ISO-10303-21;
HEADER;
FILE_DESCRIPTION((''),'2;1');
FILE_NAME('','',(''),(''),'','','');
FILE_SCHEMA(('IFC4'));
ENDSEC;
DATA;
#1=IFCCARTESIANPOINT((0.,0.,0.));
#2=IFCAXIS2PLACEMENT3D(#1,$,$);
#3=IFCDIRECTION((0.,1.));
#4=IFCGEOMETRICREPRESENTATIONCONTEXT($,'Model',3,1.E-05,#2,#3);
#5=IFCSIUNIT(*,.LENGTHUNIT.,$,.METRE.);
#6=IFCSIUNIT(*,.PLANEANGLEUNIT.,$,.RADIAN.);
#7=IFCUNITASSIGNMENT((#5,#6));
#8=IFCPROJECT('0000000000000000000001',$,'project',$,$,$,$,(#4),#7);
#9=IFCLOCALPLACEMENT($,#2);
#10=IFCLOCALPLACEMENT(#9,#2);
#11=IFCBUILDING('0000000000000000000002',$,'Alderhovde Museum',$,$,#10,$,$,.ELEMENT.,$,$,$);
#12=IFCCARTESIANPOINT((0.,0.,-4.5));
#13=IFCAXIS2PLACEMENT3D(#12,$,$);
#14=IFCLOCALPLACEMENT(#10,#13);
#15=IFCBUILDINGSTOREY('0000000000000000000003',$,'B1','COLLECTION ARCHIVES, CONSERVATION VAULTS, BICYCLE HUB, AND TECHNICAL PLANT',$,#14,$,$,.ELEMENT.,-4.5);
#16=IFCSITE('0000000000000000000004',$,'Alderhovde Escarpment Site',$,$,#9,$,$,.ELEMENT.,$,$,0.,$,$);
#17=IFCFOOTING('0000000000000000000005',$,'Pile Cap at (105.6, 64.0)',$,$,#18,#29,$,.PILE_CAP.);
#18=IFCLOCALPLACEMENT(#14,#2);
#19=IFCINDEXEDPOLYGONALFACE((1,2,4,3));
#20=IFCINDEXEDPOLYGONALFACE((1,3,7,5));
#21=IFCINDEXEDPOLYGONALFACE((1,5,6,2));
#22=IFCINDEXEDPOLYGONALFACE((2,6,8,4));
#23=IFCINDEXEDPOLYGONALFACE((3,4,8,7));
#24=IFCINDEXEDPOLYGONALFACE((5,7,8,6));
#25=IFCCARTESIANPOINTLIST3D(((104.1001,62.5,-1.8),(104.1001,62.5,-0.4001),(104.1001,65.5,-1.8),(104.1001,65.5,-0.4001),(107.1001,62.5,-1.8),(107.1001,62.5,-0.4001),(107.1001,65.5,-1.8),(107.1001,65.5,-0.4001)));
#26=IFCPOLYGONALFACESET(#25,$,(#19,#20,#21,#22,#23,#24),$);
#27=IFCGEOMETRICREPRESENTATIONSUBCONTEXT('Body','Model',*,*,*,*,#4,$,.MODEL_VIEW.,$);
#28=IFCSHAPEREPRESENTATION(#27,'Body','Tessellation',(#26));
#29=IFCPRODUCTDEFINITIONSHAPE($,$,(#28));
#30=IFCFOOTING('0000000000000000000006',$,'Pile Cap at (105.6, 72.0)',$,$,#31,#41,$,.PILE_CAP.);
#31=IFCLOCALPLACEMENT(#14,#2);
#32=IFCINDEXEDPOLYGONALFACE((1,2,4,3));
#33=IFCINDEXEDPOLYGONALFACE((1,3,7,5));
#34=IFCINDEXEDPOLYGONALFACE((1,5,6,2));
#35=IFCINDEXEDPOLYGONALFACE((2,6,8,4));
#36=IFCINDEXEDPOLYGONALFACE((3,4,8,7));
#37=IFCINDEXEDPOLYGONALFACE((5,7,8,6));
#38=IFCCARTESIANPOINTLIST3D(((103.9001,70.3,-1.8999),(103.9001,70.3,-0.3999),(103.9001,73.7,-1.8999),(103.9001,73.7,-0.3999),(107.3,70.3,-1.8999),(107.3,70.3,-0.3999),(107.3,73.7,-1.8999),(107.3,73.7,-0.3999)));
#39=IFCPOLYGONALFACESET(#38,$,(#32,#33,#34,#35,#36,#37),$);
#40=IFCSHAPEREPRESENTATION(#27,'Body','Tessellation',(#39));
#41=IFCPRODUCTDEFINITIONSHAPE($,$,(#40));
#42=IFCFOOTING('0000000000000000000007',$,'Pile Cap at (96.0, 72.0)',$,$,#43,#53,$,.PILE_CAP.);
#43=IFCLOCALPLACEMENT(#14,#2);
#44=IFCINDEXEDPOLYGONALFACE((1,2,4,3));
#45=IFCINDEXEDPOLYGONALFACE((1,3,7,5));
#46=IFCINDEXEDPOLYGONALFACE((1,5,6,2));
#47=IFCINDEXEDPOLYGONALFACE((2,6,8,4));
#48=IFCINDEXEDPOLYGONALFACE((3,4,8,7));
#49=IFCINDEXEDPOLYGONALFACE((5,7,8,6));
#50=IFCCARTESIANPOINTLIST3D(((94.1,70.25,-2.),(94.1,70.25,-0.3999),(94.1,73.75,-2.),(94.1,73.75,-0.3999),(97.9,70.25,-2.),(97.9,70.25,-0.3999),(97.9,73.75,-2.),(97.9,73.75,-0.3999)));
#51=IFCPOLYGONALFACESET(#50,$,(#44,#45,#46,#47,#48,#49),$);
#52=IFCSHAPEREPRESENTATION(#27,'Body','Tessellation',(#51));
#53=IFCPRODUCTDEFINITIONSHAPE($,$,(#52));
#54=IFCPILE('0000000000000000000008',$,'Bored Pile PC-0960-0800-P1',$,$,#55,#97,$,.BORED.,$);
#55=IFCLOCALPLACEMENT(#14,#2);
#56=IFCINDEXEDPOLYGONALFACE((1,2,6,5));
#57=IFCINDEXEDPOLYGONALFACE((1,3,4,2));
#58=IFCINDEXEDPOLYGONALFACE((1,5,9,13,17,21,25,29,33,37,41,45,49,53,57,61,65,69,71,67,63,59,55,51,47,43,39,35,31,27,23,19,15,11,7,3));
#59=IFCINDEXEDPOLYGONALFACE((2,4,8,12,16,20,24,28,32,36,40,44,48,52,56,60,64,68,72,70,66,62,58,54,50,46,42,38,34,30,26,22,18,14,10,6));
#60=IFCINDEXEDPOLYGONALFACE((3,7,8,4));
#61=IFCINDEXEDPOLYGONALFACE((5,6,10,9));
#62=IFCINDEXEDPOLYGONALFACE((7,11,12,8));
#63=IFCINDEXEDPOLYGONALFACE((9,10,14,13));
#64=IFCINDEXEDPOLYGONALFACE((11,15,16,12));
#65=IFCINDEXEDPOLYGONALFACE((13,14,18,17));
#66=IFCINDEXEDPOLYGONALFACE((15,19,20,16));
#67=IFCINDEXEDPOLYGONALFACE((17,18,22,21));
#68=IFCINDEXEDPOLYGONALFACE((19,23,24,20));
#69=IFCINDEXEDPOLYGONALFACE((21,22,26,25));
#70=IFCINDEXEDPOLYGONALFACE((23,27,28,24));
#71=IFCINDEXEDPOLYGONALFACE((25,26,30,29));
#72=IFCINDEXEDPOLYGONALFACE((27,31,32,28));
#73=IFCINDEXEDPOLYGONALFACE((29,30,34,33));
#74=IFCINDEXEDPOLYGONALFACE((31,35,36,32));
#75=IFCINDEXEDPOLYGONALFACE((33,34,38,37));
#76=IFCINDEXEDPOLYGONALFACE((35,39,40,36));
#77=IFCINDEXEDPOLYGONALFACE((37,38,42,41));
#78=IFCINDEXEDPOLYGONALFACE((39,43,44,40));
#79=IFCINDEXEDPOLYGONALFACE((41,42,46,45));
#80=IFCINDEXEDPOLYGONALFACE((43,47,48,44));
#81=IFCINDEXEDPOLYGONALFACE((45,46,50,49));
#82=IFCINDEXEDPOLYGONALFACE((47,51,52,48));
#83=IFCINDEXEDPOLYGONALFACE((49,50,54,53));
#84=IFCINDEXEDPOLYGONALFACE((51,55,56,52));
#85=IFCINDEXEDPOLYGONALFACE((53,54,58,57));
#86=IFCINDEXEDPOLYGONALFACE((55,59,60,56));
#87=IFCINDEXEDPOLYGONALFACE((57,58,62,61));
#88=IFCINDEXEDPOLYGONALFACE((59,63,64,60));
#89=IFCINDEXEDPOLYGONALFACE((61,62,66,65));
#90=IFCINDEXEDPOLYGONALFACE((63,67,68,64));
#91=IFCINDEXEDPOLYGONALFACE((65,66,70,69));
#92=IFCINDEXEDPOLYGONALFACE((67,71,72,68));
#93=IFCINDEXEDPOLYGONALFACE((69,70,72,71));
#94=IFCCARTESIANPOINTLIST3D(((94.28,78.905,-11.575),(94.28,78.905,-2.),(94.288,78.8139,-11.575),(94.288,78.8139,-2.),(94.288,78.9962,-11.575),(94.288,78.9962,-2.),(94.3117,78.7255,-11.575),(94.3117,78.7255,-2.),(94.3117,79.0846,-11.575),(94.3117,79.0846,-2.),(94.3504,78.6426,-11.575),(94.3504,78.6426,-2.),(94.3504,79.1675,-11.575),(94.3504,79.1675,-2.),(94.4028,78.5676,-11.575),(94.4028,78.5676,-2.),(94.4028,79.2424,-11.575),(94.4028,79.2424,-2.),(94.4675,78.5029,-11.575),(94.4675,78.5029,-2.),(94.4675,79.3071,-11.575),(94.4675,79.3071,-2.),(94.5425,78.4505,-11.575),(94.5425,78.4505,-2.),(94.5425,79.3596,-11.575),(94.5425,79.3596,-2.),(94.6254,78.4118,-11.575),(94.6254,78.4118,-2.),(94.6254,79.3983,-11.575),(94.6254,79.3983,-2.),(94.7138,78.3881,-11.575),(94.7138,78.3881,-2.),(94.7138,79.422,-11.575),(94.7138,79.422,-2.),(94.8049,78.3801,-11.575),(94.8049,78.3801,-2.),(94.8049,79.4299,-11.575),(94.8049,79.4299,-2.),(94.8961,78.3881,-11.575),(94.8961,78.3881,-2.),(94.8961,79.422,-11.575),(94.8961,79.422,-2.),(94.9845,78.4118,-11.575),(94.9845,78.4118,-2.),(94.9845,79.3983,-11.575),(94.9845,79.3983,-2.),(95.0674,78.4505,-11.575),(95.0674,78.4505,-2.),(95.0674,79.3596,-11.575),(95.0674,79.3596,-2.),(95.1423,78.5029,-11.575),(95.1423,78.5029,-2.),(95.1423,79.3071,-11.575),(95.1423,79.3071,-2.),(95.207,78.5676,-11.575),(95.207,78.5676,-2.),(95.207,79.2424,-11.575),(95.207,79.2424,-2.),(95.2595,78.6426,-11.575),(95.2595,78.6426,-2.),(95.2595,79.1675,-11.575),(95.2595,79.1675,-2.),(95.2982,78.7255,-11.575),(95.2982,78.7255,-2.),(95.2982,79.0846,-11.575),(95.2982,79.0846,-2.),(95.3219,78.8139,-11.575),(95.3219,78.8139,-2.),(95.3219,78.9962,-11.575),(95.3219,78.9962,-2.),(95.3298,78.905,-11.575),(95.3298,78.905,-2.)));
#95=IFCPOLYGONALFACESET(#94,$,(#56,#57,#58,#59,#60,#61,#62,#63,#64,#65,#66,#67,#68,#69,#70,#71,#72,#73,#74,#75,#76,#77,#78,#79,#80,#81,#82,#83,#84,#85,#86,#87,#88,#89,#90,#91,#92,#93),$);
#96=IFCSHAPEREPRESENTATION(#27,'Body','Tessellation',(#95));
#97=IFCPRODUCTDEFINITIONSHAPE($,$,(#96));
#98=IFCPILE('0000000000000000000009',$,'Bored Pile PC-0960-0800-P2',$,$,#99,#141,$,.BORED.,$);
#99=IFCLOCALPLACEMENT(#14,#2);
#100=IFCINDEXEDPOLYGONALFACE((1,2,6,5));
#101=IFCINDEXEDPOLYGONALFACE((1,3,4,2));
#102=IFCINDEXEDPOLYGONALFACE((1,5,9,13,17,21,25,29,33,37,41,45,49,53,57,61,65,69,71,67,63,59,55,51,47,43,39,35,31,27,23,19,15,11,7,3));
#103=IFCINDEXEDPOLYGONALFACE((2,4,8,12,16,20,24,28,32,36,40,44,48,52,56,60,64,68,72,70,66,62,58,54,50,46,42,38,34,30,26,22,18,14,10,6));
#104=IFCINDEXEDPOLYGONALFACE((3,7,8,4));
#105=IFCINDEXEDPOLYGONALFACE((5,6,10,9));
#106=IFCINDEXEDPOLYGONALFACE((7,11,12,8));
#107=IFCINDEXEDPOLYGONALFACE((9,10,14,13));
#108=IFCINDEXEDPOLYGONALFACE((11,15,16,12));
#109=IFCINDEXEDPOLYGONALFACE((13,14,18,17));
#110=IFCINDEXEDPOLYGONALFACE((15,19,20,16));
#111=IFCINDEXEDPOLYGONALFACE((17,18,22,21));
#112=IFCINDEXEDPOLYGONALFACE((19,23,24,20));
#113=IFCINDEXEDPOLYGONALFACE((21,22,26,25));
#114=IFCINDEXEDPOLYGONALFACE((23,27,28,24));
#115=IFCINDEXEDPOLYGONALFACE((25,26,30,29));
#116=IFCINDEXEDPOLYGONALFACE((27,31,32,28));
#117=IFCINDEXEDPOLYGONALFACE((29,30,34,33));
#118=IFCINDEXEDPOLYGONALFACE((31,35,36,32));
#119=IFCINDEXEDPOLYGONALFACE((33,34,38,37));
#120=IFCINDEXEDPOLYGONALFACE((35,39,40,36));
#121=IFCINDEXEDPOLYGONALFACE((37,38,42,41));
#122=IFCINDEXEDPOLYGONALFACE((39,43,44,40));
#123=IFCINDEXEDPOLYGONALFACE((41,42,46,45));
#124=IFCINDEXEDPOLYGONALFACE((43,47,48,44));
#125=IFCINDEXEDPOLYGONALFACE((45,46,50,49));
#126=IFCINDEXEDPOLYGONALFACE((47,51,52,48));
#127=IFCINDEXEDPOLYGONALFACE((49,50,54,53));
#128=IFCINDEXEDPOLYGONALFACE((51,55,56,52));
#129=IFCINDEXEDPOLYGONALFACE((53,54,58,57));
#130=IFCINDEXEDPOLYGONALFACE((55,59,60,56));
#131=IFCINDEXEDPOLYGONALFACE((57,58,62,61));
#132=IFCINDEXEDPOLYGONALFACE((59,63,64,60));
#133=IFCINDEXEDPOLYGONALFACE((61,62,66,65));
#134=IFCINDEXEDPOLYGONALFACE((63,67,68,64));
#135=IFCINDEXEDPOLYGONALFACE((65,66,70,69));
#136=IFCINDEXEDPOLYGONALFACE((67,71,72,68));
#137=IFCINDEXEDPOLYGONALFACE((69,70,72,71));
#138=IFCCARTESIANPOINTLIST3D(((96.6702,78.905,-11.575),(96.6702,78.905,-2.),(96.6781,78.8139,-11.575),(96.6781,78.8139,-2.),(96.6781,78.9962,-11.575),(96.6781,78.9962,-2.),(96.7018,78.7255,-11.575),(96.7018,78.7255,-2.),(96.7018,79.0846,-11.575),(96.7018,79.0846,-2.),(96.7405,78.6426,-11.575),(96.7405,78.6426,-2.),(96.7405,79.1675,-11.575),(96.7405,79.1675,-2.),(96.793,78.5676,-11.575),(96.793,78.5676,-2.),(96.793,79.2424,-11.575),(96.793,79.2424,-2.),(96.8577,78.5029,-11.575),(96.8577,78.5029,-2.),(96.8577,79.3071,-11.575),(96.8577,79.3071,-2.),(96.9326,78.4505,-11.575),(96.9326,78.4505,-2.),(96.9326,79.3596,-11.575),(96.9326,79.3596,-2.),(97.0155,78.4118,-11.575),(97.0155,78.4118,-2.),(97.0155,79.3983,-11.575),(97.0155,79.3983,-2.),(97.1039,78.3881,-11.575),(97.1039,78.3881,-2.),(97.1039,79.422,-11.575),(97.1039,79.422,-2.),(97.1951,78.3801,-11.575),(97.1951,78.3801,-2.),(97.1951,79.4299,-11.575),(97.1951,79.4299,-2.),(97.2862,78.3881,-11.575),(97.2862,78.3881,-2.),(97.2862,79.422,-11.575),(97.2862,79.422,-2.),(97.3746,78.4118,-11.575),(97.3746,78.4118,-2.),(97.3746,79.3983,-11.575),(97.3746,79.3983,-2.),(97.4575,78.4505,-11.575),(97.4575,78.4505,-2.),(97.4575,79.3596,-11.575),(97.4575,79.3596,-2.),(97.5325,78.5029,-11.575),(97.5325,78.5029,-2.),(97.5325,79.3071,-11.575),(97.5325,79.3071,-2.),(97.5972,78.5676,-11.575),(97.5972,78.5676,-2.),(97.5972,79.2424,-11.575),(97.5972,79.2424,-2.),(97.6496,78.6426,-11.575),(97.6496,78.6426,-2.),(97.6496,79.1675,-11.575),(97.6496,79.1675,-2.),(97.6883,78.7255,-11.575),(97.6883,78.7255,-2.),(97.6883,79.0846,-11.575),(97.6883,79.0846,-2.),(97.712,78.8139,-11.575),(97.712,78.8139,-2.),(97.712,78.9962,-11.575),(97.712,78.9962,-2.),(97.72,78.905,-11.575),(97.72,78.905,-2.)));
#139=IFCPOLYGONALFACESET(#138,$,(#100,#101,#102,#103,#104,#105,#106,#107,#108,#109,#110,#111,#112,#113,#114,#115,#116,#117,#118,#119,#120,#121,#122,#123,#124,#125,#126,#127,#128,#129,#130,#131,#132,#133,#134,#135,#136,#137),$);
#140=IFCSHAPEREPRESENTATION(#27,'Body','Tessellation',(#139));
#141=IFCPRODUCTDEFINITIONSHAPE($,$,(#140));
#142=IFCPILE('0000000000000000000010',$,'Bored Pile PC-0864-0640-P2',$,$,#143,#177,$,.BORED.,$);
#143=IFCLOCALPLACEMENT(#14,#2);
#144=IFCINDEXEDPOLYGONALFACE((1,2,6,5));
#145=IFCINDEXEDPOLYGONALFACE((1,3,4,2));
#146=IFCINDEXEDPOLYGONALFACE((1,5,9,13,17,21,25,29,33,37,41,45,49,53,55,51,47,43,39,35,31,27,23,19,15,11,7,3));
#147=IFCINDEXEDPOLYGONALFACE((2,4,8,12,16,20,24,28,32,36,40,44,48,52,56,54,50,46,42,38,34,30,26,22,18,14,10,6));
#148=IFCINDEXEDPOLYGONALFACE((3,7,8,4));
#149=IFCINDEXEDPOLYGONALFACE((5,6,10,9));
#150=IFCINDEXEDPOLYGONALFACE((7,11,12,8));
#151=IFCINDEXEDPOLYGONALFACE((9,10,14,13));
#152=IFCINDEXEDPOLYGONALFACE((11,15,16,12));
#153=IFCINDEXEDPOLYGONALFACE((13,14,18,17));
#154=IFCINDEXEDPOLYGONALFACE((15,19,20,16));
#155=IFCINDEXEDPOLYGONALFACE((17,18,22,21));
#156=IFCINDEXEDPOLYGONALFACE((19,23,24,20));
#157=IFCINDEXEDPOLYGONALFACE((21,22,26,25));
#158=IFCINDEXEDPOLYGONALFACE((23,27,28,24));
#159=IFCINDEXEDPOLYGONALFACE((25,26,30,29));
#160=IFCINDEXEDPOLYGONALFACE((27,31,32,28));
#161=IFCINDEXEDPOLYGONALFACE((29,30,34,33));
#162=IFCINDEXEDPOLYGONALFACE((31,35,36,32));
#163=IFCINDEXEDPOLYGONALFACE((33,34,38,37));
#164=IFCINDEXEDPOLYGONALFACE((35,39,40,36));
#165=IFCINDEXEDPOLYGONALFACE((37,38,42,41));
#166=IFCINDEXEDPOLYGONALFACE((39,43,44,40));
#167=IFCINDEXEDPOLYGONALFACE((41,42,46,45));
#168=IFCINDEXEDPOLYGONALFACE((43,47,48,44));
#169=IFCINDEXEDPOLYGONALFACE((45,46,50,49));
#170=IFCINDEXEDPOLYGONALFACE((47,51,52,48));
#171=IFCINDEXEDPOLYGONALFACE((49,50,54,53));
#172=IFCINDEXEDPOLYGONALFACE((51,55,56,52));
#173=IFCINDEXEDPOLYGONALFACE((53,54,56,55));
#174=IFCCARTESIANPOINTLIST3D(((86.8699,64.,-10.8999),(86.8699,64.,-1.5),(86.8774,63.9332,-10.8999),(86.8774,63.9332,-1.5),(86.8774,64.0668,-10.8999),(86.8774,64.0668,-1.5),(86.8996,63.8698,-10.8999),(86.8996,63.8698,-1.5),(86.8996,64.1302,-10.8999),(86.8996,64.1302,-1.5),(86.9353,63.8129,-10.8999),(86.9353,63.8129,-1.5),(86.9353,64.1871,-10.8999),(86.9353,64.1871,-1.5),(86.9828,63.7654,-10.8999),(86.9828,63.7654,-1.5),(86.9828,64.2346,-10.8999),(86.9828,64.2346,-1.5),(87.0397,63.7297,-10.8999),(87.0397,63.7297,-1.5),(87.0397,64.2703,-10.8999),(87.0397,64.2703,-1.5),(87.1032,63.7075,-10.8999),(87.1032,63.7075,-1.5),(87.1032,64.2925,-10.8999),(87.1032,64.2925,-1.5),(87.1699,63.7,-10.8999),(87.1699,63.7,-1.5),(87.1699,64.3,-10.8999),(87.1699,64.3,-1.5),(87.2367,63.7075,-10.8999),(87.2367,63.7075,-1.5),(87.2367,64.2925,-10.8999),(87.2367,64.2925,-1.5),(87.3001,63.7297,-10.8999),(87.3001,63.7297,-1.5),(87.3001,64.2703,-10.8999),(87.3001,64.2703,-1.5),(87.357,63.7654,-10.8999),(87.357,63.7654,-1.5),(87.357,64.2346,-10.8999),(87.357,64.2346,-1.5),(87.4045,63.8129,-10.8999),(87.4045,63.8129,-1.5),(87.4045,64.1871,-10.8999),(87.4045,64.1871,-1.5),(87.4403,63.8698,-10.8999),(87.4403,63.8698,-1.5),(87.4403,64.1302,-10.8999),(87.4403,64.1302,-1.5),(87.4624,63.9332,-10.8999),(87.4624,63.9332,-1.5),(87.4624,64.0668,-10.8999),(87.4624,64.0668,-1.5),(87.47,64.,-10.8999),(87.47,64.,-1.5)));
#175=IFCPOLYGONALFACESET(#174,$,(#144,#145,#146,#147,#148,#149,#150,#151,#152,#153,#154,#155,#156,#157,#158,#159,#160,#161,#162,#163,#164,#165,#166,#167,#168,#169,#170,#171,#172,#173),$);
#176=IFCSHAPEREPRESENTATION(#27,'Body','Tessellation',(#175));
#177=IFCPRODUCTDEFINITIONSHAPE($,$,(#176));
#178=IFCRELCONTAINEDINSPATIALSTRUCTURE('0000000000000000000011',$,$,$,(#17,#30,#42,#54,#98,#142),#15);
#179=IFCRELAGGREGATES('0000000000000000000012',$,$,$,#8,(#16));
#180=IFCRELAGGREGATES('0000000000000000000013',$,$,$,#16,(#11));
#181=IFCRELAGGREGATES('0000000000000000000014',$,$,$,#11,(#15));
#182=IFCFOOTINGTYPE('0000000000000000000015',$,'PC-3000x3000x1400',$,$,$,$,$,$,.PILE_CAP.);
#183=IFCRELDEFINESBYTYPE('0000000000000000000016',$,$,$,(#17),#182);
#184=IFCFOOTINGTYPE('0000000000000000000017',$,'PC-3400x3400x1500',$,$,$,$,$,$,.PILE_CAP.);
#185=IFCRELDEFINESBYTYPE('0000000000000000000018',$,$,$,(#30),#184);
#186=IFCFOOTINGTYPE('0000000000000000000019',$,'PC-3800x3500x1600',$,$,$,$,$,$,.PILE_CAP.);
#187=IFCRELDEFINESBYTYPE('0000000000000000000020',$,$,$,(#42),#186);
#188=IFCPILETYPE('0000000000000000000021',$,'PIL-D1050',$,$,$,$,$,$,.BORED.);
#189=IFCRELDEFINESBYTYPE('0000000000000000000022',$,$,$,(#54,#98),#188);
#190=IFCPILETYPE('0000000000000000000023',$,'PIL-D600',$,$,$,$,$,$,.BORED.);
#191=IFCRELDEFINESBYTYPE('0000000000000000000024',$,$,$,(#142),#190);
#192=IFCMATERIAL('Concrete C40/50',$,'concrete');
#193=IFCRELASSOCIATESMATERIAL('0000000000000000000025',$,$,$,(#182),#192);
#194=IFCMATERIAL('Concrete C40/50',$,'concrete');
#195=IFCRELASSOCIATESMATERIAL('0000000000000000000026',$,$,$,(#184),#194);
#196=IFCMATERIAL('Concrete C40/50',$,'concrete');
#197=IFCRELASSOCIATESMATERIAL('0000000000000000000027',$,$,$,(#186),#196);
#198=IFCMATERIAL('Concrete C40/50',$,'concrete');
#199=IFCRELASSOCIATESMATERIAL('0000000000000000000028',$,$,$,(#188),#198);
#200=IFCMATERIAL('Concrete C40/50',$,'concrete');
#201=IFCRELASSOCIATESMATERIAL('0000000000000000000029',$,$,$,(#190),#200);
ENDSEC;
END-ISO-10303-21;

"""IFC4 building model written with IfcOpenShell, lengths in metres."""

from ifc_helpers import new_model, si_unit, direction, frame, origin, origin_2d, place, context, subcontext, project, spatial, rectangle, circle, extrude, material, material_profile, profile_set, type_object, element, save


model = new_model("IFC4")

# Units and contexts
model_context = context("Model", 3, precision=1e-05, world=origin(), true_north=direction((0.0, 1.0)))
body_context = subcontext(model_context, "Body", "Model", "MODEL_VIEW")
ifc_project = project(units=[si_unit("LENGTHUNIT", "METRE"), si_unit("PLANEANGLEUNIT", "RADIAN")], contexts=[model_context])

# Site, building, storey
site_placement = place(None, origin())
site = spatial("IfcSite", under=ifc_project, at=site_placement, Name="Alderhovde Escarpment Site", CompositionType="ELEMENT", RefElevation=0.0)
building_placement = place(site_placement, origin())
building = spatial("IfcBuilding", under=site, at=building_placement, Name="Alderhovde Museum", CompositionType="ELEMENT")
storey_placement = place(building_placement, frame((0.0, 0.0, -4.5)))
storey = spatial("IfcBuildingStorey", under=building, at=storey_placement, Name="B1", Description="COLLECTION ARCHIVES, CONSERVATION VAULTS, BICYCLE HUB, AND TECHNICAL PLANT", CompositionType="ELEMENT", Elevation=-4.5)

# Footings
ifc_material_1 = material(Name="Concrete C40/50", Category="concrete")
footing_type_1 = type_object("IfcFootingType", Name="PC-3000x3000x1400", PredefinedType="PILE_CAP", material=ifc_material_1)
footing_1_placement = place(storey_placement, frame((105.6001, 64.0, -1.8), z_axis=(0.0, 0.0, 1.0), x_axis=(1.0, 0.0, 0.0)))
element("IfcFooting", 1, at=footing_1_placement, inside=storey, type_object=footing_type_1, Name="Pile Cap at (105.6, 64.0)", PredefinedType="PILE_CAP", context=body_context, shape_type="SweptSolid", body=[
    extrude(rectangle(XDim=3.0, YDim=3.0, at=origin_2d()), origin(), (0.0, 0.0, 1.0), 1.3999),
])
ifc_material_2 = material(Name="Concrete C40/50", Category="concrete")
footing_type_2 = type_object("IfcFootingType", Name="PC-3400x3400x1500", PredefinedType="PILE_CAP", material=ifc_material_2)
footing_2_placement = place(storey_placement, frame((105.6001, 72.0, -1.8999), z_axis=(0.0, 0.0, 1.0), x_axis=(1.0, 0.0, 0.0)))
element("IfcFooting", 2, at=footing_2_placement, inside=storey, type_object=footing_type_2, Name="Pile Cap at (105.6, 72.0)", PredefinedType="PILE_CAP", context=body_context, shape_type="SweptSolid", body=[
    extrude(rectangle(XDim=3.3999, YDim=3.3999, at=origin_2d()), origin(), (0.0, 0.0, 1.0), 1.5),
])
ifc_material_3 = material(Name="Concrete C40/50", Category="concrete")
footing_type_3 = type_object("IfcFootingType", Name="PC-3800x3500x1600", PredefinedType="PILE_CAP", material=ifc_material_3)
footing_3_placement = place(storey_placement, frame((96.0, 72.0, -2.0), z_axis=(0.0, 0.0, 1.0), x_axis=(1.0, 0.0, 0.0)))
element("IfcFooting", 3, at=footing_3_placement, inside=storey, type_object=footing_type_3, Name="Pile Cap at (96.0, 72.0)", PredefinedType="PILE_CAP", context=body_context, shape_type="SweptSolid", body=[
    extrude(rectangle(XDim=3.8, YDim=3.5, at=origin_2d()), origin(), (0.0, 0.0, 1.0), 1.6001),
])

# Piles
ifc_material_4 = material(Name="Concrete C40/50", Category="concrete")
ifc_material_profile_1 = material_profile(ifc_material_4, circle(Radius=0.5249, at=origin_2d()), Name="PILE-D1050")
ifc_profile_set_1 = profile_set([ifc_material_profile_1], Name="Concrete C40/50")
pile_type_1 = type_object("IfcPileType", Name="PIL-D1050", PredefinedType="BORED", material=ifc_profile_set_1)
for number, where, z_axis, x_axis, name in (
    (4, (94.8049, 78.905, -2.0), (0.0, 0.0, -1.0), (1.0, 0.0, 0.0), "Bored Pile PC-0960-0800-P1"),
    (5, (97.1951, 78.905, -2.0), (0.0, 0.0, -1.0), (1.0, 0.0, 0.0), "Bored Pile PC-0960-0800-P2"),
):
    element("IfcPile", number, at=place(storey_placement, frame(where, z_axis=z_axis, x_axis=x_axis)), inside=storey, type_object=pile_type_1, Name=name, PredefinedType="BORED", context=body_context, shape_type="SweptSolid", body=[
        extrude(circle(Radius=0.5249, at=origin_2d()), origin(), (0.0, 0.0, 1.0), 9.575),
    ])
ifc_material_5 = material(Name="Concrete C40/50", Category="concrete")
ifc_material_profile_2 = material_profile(ifc_material_5, circle(Radius=0.3, at=origin_2d()), Name="PILE-D600")
ifc_profile_set_2 = profile_set([ifc_material_profile_2], Name="Concrete C40/50")
pile_type_2 = type_object("IfcPileType", Name="PIL-D600", PredefinedType="BORED", material=ifc_profile_set_2)
pile_1_placement = place(storey_placement, frame((87.1699, 64.0, -1.5), z_axis=(0.0, 0.0, -1.0), x_axis=(1.0, 0.0, 0.0)))
element("IfcPile", 6, at=pile_1_placement, inside=storey, type_object=pile_type_2, Name="Bored Pile PC-0864-0640-P2", PredefinedType="BORED", context=body_context, shape_type="SweptSolid", body=[
    extrude(circle(Radius=0.3, at=origin_2d()), origin(), (0.0, 0.0, 1.0), 9.3999),
])

save(model, "model.ifc")
